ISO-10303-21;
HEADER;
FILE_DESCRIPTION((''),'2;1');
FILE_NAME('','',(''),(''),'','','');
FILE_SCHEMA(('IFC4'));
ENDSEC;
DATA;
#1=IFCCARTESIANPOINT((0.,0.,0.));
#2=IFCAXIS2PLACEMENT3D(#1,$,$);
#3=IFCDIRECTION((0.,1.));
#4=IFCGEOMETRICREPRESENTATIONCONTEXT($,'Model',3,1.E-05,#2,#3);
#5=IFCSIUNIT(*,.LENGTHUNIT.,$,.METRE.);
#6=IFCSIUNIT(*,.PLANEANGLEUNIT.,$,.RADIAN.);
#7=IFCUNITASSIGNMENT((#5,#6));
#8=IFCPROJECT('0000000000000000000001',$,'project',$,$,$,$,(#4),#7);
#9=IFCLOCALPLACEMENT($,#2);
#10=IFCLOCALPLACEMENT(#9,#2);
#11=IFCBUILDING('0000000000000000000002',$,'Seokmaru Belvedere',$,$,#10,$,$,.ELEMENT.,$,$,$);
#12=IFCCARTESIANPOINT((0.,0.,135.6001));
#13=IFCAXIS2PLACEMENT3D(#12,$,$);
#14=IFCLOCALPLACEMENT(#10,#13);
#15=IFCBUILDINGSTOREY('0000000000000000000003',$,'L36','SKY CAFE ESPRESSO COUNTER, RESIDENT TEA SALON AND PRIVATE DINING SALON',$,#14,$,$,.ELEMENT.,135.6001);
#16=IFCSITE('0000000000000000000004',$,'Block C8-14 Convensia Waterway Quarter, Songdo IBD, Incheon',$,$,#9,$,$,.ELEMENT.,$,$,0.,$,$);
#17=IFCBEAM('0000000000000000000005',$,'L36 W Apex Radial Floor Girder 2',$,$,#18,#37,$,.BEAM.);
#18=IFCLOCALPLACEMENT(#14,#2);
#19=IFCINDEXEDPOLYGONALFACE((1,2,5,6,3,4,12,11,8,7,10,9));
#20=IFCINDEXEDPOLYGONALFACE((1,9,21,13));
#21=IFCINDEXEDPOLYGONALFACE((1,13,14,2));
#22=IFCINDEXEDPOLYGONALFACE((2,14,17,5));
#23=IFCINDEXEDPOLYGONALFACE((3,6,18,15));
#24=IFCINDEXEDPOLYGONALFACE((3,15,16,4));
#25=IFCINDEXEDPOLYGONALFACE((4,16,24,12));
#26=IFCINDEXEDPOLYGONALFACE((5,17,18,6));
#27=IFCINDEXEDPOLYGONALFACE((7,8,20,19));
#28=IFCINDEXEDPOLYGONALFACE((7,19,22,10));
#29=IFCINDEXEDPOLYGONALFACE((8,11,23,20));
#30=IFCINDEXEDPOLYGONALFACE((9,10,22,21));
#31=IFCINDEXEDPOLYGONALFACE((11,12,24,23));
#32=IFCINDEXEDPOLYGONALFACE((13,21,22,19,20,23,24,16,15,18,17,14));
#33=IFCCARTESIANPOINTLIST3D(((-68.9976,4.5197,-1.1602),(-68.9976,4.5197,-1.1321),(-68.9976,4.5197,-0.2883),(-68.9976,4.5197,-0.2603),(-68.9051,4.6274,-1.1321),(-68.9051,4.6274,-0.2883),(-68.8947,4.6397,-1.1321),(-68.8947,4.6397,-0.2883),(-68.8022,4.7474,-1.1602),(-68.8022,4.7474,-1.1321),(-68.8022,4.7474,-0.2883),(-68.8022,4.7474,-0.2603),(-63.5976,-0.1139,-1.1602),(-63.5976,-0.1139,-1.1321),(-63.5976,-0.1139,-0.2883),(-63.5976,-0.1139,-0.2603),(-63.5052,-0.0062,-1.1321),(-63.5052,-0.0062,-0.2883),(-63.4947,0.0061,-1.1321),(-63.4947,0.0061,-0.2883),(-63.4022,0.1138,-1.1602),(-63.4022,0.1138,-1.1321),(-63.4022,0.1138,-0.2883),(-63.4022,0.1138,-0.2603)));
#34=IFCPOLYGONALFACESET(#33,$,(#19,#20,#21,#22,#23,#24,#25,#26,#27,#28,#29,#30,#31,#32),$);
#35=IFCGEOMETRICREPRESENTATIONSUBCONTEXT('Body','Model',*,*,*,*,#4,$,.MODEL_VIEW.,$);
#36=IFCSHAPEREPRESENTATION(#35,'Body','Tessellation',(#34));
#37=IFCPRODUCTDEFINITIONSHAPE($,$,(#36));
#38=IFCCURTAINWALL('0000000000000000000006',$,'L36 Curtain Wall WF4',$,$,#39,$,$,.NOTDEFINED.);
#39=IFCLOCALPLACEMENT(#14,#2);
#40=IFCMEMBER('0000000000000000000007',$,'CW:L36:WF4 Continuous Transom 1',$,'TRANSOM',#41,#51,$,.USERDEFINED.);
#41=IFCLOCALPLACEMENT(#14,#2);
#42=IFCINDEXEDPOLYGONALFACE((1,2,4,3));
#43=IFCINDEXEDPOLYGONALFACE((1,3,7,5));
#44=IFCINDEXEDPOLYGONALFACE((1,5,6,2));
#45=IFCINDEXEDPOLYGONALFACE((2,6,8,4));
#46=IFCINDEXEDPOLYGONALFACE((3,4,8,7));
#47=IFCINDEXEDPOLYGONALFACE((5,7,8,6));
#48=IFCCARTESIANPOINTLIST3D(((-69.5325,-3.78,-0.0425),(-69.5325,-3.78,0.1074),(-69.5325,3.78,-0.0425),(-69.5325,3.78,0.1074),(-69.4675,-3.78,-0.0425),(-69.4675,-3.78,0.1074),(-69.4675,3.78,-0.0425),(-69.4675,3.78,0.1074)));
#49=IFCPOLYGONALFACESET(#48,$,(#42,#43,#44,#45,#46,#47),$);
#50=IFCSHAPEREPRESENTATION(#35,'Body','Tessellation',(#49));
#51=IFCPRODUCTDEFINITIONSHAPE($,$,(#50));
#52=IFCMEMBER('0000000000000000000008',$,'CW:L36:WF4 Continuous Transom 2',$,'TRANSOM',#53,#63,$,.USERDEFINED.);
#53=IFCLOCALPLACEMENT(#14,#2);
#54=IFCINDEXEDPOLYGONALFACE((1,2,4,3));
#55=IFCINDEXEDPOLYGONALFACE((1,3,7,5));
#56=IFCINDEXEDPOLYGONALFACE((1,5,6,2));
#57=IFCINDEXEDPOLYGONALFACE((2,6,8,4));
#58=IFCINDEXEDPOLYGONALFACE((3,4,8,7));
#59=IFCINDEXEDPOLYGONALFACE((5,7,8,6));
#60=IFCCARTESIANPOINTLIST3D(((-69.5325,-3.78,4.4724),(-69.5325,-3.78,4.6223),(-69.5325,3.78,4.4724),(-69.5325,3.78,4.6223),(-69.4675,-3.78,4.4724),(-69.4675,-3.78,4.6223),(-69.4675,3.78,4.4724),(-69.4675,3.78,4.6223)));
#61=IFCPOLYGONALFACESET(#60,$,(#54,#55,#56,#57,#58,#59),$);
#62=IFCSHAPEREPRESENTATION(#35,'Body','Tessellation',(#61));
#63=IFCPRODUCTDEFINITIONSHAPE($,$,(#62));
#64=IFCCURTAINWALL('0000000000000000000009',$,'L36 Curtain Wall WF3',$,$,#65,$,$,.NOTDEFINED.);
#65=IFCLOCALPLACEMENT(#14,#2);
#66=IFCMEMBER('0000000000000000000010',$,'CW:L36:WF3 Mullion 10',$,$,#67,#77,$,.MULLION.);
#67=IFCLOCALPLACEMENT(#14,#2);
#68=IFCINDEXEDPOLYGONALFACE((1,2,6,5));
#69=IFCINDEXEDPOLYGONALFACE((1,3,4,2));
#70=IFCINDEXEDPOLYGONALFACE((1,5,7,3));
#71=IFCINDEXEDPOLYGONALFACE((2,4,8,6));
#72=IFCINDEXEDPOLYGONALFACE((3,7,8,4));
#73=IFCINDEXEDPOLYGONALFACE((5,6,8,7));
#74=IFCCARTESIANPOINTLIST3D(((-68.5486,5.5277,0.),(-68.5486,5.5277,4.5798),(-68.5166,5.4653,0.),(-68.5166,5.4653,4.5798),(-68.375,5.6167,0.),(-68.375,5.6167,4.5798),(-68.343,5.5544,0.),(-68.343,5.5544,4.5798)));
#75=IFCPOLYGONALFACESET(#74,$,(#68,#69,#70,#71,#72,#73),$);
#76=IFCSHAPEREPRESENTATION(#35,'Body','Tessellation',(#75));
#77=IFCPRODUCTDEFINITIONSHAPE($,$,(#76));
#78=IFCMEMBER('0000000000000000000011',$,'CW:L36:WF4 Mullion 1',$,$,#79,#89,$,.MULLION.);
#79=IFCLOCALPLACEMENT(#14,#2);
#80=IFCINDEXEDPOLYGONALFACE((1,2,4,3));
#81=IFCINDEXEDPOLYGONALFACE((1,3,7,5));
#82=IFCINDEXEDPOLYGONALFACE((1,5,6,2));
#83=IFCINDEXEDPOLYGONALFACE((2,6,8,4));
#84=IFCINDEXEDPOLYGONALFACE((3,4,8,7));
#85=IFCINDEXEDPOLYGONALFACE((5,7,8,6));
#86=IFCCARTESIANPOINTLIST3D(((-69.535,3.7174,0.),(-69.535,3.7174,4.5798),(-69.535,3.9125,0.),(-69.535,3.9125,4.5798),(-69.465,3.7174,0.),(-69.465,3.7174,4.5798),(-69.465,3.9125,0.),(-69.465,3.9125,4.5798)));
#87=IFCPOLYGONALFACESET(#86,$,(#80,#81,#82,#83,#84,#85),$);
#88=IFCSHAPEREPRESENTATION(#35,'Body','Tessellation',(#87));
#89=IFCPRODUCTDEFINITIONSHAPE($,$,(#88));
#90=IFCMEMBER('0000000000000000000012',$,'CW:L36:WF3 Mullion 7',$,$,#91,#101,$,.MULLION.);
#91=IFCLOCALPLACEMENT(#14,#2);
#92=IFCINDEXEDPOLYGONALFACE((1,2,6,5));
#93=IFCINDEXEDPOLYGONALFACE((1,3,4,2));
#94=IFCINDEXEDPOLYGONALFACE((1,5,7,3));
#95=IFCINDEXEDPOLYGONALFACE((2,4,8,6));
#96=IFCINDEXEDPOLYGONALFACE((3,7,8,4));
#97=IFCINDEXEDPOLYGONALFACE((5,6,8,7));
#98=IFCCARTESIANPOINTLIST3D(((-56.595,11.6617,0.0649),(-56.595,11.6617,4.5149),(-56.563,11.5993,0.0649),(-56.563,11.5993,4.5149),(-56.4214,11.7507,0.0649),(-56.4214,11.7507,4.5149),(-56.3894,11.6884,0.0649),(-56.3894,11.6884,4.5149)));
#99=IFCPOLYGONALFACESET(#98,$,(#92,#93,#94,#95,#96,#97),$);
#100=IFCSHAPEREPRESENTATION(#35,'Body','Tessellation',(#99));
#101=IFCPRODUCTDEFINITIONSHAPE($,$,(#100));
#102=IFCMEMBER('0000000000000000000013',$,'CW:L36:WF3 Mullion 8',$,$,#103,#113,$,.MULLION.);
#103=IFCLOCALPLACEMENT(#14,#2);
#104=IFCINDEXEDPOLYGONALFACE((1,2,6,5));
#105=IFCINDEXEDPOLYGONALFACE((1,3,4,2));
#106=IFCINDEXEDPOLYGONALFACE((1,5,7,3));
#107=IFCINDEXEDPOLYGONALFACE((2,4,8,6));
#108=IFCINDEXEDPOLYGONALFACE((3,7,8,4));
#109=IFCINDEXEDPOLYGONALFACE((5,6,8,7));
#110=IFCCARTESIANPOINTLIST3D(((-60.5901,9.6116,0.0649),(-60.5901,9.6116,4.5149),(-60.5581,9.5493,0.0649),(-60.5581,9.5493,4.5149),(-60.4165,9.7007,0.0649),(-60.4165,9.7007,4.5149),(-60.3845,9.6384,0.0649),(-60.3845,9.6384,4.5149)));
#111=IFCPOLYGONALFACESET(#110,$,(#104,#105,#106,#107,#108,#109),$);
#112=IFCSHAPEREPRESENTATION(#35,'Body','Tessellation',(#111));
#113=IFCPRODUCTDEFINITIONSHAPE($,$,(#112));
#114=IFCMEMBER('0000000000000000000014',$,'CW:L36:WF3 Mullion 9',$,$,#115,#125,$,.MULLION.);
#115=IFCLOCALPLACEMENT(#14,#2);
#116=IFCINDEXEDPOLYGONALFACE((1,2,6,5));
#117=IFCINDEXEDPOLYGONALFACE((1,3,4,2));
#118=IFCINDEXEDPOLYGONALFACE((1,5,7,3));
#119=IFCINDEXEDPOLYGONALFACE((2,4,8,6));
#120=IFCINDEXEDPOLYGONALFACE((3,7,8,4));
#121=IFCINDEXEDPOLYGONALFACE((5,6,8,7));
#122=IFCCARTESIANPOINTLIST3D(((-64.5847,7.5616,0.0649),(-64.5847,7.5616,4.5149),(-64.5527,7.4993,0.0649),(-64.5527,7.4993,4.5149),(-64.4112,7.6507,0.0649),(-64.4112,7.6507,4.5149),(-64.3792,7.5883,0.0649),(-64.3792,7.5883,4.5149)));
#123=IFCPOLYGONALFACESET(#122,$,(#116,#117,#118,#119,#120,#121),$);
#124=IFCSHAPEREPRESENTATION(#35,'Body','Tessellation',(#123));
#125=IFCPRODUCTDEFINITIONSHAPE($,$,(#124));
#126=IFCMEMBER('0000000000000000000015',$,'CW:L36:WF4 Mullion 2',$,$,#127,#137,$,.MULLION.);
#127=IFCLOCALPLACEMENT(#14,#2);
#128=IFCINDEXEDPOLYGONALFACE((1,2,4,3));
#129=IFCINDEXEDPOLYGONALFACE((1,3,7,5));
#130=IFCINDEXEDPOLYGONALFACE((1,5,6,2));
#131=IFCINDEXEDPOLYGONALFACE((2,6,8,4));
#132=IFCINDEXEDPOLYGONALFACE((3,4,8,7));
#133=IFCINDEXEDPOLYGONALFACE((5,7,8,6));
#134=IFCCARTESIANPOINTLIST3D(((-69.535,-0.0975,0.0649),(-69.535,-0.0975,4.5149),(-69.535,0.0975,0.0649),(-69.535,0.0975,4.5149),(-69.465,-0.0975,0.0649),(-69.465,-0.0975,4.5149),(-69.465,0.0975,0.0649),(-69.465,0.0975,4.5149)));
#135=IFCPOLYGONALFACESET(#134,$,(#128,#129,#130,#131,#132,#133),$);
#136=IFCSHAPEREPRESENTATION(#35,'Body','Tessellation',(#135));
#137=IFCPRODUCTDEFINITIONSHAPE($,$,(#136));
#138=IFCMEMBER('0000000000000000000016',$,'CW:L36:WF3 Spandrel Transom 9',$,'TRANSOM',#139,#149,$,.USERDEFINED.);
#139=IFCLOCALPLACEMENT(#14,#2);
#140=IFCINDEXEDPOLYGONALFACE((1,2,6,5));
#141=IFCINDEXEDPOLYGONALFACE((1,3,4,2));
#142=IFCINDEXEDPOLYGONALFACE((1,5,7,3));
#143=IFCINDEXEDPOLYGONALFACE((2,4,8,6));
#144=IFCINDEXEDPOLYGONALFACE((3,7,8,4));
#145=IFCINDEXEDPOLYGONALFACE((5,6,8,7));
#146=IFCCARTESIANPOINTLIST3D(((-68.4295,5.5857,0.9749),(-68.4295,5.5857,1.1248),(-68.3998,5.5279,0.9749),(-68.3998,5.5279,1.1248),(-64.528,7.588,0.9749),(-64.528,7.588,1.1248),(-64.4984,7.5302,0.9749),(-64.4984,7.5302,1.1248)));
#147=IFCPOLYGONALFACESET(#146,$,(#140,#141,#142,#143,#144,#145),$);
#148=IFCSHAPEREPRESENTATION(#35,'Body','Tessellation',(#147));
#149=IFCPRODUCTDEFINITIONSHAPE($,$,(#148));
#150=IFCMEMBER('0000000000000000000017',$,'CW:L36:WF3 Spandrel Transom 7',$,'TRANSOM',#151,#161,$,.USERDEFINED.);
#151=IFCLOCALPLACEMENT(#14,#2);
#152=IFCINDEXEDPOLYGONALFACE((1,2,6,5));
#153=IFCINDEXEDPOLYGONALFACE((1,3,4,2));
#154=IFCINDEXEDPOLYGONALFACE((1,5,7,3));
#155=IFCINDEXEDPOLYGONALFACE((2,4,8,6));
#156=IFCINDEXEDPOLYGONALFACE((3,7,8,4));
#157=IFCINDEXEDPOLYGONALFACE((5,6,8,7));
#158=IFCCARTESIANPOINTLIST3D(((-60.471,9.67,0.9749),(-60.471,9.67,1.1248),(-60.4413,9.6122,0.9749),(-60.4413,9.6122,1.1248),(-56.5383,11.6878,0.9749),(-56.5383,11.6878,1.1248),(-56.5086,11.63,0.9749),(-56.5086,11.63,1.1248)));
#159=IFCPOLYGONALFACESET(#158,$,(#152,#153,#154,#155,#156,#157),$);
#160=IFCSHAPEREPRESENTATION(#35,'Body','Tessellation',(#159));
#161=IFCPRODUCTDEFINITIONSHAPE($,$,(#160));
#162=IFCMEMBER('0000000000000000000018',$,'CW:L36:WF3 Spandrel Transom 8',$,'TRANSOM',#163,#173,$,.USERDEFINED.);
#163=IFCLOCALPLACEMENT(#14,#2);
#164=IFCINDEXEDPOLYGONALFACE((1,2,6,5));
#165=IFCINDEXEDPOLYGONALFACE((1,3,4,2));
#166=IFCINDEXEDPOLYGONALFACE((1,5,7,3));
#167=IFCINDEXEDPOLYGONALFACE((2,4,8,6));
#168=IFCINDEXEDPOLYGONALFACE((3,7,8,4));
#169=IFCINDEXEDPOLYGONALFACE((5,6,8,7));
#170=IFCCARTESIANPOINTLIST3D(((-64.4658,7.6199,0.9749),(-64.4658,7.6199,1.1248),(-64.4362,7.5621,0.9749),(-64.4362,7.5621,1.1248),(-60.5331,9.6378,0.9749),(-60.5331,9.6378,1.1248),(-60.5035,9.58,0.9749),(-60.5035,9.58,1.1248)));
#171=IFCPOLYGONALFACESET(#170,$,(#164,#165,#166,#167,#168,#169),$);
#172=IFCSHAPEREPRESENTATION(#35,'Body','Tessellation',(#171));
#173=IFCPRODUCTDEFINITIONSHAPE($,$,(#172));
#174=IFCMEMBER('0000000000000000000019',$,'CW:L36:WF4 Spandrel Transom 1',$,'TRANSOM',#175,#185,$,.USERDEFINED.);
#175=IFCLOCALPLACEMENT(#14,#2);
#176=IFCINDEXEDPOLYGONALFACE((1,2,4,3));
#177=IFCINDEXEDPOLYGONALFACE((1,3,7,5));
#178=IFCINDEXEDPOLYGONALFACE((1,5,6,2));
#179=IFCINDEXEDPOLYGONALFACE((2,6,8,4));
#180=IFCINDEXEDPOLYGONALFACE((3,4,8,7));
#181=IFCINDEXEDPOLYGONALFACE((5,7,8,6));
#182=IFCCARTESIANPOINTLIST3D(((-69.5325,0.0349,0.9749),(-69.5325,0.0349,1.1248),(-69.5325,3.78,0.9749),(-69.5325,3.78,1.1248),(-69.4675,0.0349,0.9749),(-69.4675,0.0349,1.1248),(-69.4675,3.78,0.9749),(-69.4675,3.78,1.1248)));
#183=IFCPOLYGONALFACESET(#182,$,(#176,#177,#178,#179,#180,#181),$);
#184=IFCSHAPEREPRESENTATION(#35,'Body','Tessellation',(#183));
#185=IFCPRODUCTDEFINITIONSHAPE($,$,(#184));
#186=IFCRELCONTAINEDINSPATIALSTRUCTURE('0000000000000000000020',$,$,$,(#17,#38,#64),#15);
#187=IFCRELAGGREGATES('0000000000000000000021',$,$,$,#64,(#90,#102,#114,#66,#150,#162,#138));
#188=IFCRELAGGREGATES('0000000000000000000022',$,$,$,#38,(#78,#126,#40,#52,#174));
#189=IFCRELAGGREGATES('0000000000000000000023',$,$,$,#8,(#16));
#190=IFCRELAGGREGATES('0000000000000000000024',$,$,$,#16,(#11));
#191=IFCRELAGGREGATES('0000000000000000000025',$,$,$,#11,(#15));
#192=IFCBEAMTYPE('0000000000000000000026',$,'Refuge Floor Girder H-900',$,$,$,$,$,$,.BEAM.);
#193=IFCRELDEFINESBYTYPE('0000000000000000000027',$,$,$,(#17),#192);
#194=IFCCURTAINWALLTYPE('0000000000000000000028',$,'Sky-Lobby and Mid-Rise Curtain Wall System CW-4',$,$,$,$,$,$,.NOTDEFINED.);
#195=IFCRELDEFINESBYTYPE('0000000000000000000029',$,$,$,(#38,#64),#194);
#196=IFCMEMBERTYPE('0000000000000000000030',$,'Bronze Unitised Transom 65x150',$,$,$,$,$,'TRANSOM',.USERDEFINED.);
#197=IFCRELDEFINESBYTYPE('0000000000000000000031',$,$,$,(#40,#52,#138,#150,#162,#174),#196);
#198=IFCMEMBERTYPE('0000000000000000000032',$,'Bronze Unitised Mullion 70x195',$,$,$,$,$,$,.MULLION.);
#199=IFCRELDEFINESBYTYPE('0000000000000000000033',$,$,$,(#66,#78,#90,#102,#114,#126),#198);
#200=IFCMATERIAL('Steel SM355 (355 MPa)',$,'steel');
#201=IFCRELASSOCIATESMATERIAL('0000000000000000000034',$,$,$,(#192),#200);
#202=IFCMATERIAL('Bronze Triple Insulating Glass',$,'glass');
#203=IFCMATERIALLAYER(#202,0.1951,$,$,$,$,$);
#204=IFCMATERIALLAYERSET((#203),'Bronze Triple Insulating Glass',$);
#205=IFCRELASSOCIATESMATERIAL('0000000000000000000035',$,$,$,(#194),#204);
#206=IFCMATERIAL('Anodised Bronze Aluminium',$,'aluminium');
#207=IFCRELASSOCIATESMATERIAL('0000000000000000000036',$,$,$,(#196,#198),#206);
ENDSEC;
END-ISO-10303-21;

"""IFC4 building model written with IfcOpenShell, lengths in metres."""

from ifc_helpers import new_model, si_unit, direction, frame, origin, origin_2d, place, context, subcontext, project, spatial, rectangle, i_section, extrude, source, transform, mapped, material, layer, layer_set, material_profile, profile_set, type_object, type_shapes, element, aggregate, save


model = new_model("IFC4")

# Units and contexts
model_context = context("Model", 3, precision=1e-05, world=origin(), true_north=direction((0.0, 1.0)))
body_context = subcontext(model_context, "Body", "Model", "MODEL_VIEW")
ifc_project = project(units=[si_unit("LENGTHUNIT", "METRE"), si_unit("PLANEANGLEUNIT", "RADIAN")], contexts=[model_context])

# Site, building, storey
site_placement = place(None, origin())
site = spatial("IfcSite", under=ifc_project, at=site_placement, Name="Block C8-14 Convensia Waterway Quarter, Songdo IBD, Incheon", CompositionType="ELEMENT", RefElevation=0.0)
building_placement = place(site_placement, origin())
building = spatial("IfcBuilding", under=site, at=building_placement, Name="Seokmaru Belvedere", CompositionType="ELEMENT")
storey_placement = place(building_placement, frame((0.0, 0.0, 135.6001)))
storey = spatial("IfcBuildingStorey", under=building, at=storey_placement, Name="L36", Description="SKY CAFE ESPRESSO COUNTER, RESIDENT TEA SALON AND PRIVATE DINING SALON", CompositionType="ELEMENT", Elevation=135.6001)

# Shared definitions
ifc_material_1 = material(Name="Steel SM355 (355 MPa)", Category="steel")

# Beam
ifc_material_profile_1 = material_profile(ifc_material_1, i_section(OverallWidth=0.3, OverallDepth=0.8999, WebThickness=0.0161, FlangeThickness=0.0281, at=origin_2d()), Name="H-900x300x16x28")
ifc_profile_set_1 = profile_set([ifc_material_profile_1], Name="Steel SM355 (355 MPa)")
beam_type_1 = type_object("IfcBeamType", Name="Refuge Floor Girder H-900", PredefinedType="BEAM", material=ifc_profile_set_1)
shared_shape_1 = source(origin(), body_context, "Body", "SweptSolid", [
    extrude(i_section(OverallWidth=0.3, OverallDepth=0.8999, WebThickness=0.0161, FlangeThickness=0.0281, at=origin_2d()), origin(), (0.0, 0.0, 1.0), 7.1155),
])
beam_1_placement = place(storey_placement, frame((-68.8999, 4.6335, -0.7102), z_axis=(0.758905, -0.651201, 0.0), x_axis=(0.651201, 0.758905, 0.0)))
element("IfcBeam", 1, at=beam_1_placement, inside=storey, type_object=beam_type_1, Name="L36 W Apex Radial Floor Girder 2", PredefinedType="BEAM", context=body_context, shape_type="MappedRepresentation", body=[
    mapped(shared_shape_1, transform((0.0, 0.0, 0.0), scale=1.0)),
])

# Curtain wall, members
ifc_material_2 = material(Name="Bronze Triple Insulating Glass", Category="glass")
ifc_layer_1 = layer(ifc_material_2, 0.1951)
ifc_layer_set_1 = layer_set([ifc_layer_1], Name="Bronze Triple Insulating Glass")
curtain_wall_type = type_object("IfcCurtainWallType", Name="Sky-Lobby and Mid-Rise Curtain Wall System CW-4", PredefinedType="NOTDEFINED", material=ifc_layer_set_1)
curtain_wall_1_placement = place(storey_placement, origin())
curtain_wall_1 = element("IfcCurtainWall", 2, at=curtain_wall_1_placement, inside=storey, type_object=curtain_wall_type, Name="L36 Curtain Wall WF4", PredefinedType="NOTDEFINED")
ifc_material_3 = material(Name="Anodised Bronze Aluminium", Category="aluminium")
ifc_material_profile_2 = material_profile(ifc_material_3, rectangle(XDim=0.0649, YDim=0.1499, at=origin_2d()), Name="CW-T-65x150")
ifc_profile_set_2 = profile_set([ifc_material_profile_2], Name="Anodised Bronze Aluminium")
member_type_1 = type_object("IfcMemberType", Name="Bronze Unitised Transom 65x150", ElementType="TRANSOM", PredefinedType="USERDEFINED", material=ifc_profile_set_2)
shared_shape_2 = source(origin(), body_context, "Body", "SweptSolid", [
    extrude(rectangle(XDim=0.0649, YDim=0.1499, at=origin_2d()), origin(), (0.0, 0.0, 1.0), 7.5601),
])
member_1_placement = place(storey_placement, frame((-69.5, 3.78, 0.0325), z_axis=(0.0, -1.0, 0.0), x_axis=(1.0, 0.0, 0.0)))
member_1 = element("IfcMember", 3, at=member_1_placement, type_object=member_type_1, Name="CW:L36:WF4 Continuous Transom 1", ObjectType="TRANSOM", PredefinedType="USERDEFINED", context=body_context, shape_type="MappedRepresentation", body=[
    mapped(shared_shape_2, transform((0.0, 0.0, 0.0), scale=1.0)),
])
member_2_placement = place(storey_placement, frame((-69.5, 3.78, 4.5474), z_axis=(0.0, -1.0, 0.0), x_axis=(1.0, 0.0, 0.0)))
member_2 = element("IfcMember", 4, at=member_2_placement, type_object=member_type_1, Name="CW:L36:WF4 Continuous Transom 2", ObjectType="TRANSOM", PredefinedType="USERDEFINED", context=body_context, shape_type="MappedRepresentation", body=[
    mapped(shared_shape_2, transform((0.0, 0.0, 0.0), scale=1.0)),
])

# Curtain wall, member
curtain_wall_2_placement = place(storey_placement, origin())
curtain_wall_2 = element("IfcCurtainWall", 5, at=curtain_wall_2_placement, inside=storey, type_object=curtain_wall_type, Name="L36 Curtain Wall WF3", PredefinedType="NOTDEFINED")
ifc_material_profile_3 = material_profile(ifc_material_3, rectangle(XDim=0.0701, YDim=0.1951, at=origin_2d()), Name="CW-M-70x195")
ifc_profile_set_3 = profile_set([ifc_material_profile_3], Name="Anodised Bronze Aluminium")
member_type_2 = type_object("IfcMemberType", Name="Bronze Unitised Mullion 70x195", PredefinedType="MULLION", material=ifc_profile_set_3)
shared_shape_3 = source(origin(), body_context, "Body", "SweptSolid", [
    extrude(rectangle(XDim=0.0701, YDim=0.1951, at=origin_2d()), origin(), (0.0, 0.0, 1.0), 4.5798),
])
member_3_placement = place(storey_placement, frame((-68.4458, 5.541, 0.0), z_axis=(0.0, 0.0, 1.0), x_axis=(0.456555, -0.889695, 0.0)))
member_3 = element("IfcMember", 6, at=member_3_placement, type_object=member_type_2, Name="CW:L36:WF3 Mullion 10", PredefinedType="MULLION", context=body_context, shape_type="MappedRepresentation", body=[
    mapped(shared_shape_3, transform((0.0, 0.0, 0.0), scale=1.0)),
])

# Members
member_4_placement = place(storey_placement, frame((-69.5, 3.8149, 0.0), z_axis=(0.0, 0.0, 1.0), x_axis=(1.0, 0.0, 0.0)))
member_4 = element("IfcMember", 7, at=member_4_placement, type_object=member_type_2, Name="CW:L36:WF4 Mullion 1", PredefinedType="MULLION", context=body_context, shape_type="MappedRepresentation", body=[
    mapped(shared_shape_3, transform((0.0, 0.0, 0.0), scale=1.0)),
])
shared_shape_4 = source(origin(), body_context, "Body", "SweptSolid", [
    extrude(rectangle(XDim=0.0701, YDim=0.1951, at=origin_2d()), origin(), (0.0, 0.0, 1.0), 4.45),
])
type_shapes(member_type_2, [shared_shape_3, shared_shape_4])
member_5_placement = place(storey_placement, frame((-56.4922, 11.675, 0.0649), z_axis=(0.0, 0.0, 1.0), x_axis=(0.456555, -0.889695, 0.0)))
member_5 = element("IfcMember", 8, at=member_5_placement, type_object=member_type_2, Name="CW:L36:WF3 Mullion 7", PredefinedType="MULLION", context=body_context, shape_type="MappedRepresentation", body=[
    mapped(shared_shape_4, transform((0.0, 0.0, 0.0), scale=1.0)),
])
member_6_placement = place(storey_placement, frame((-60.4873, 9.625, 0.0649), z_axis=(0.0, 0.0, 1.0), x_axis=(0.456555, -0.889695, 0.0)))
member_6 = element("IfcMember", 9, at=member_6_placement, type_object=member_type_2, Name="CW:L36:WF3 Mullion 8", PredefinedType="MULLION", context=body_context, shape_type="MappedRepresentation", body=[
    mapped(shared_shape_4, transform((0.0, 0.0, 0.0), scale=1.0)),
])
member_7_placement = place(storey_placement, frame((-64.4819, 7.575, 0.0649), z_axis=(0.0, 0.0, 1.0), x_axis=(0.456555, -0.889695, 0.0)))
member_7 = element("IfcMember", 10, at=member_7_placement, type_object=member_type_2, Name="CW:L36:WF3 Mullion 9", PredefinedType="MULLION", context=body_context, shape_type="MappedRepresentation", body=[
    mapped(shared_shape_4, transform((0.0, 0.0, 0.0), scale=1.0)),
])
member_8_placement = place(storey_placement, frame((-69.5, 0.0, 0.0649), z_axis=(0.0, 0.0, 1.0), x_axis=(1.0, 0.0, 0.0)))
member_8 = element("IfcMember", 11, at=member_8_placement, type_object=member_type_2, Name="CW:L36:WF4 Mullion 2", PredefinedType="MULLION", context=body_context, shape_type="MappedRepresentation", body=[
    mapped(shared_shape_4, transform((0.0, 0.0, 0.0), scale=1.0)),
])
shared_shape_5 = source(origin(), body_context, "Body", "SweptSolid", [
    extrude(rectangle(XDim=0.0649, YDim=0.1499, at=origin_2d()), origin(), (0.0, 0.0, 1.0), 4.3853),
])
member_9_placement = place(storey_placement, frame((-64.5132, 7.5591, 1.0498), z_axis=(-0.889679, -0.456587, 0.0), x_axis=(0.456587, -0.889679, 0.0)))
member_9 = element("IfcMember", 12, at=member_9_placement, type_object=member_type_1, Name="CW:L36:WF3 Spandrel Transom 9", ObjectType="TRANSOM", PredefinedType="USERDEFINED", context=body_context, shape_type="MappedRepresentation", body=[
    mapped(shared_shape_5, transform((0.0, 0.0, 0.0), scale=1.0)),
])
shared_shape_6 = source(origin(), body_context, "Body", "SweptSolid", [
    extrude(rectangle(XDim=0.0649, YDim=0.1499, at=origin_2d()), origin(), (0.0, 0.0, 1.0), 4.4202),
])
member_10_placement = place(storey_placement, frame((-56.5234, 11.6589, 1.0498), z_axis=(-0.889717, -0.456513, 0.0), x_axis=(0.456513, -0.889717, 0.0)))
member_10 = element("IfcMember", 13, at=member_10_placement, type_object=member_type_1, Name="CW:L36:WF3 Spandrel Transom 7", ObjectType="TRANSOM", PredefinedType="USERDEFINED", context=body_context, shape_type="MappedRepresentation", body=[
    mapped(shared_shape_6, transform((0.0, 0.0, 0.0), scale=1.0)),
])
member_11_placement = place(storey_placement, frame((-60.5183, 9.6089, 1.0498), z_axis=(-0.889717, -0.456513, 0.0), x_axis=(0.456513, -0.889717, 0.0)))
member_11 = element("IfcMember", 14, at=member_11_placement, type_object=member_type_1, Name="CW:L36:WF3 Spandrel Transom 8", ObjectType="TRANSOM", PredefinedType="USERDEFINED", context=body_context, shape_type="MappedRepresentation", body=[
    mapped(shared_shape_6, transform((0.0, 0.0, 0.0), scale=1.0)),
])
shared_shape_7 = source(origin(), body_context, "Body", "SweptSolid", [
    extrude(rectangle(XDim=0.0649, YDim=0.1499, at=origin_2d()), origin(), (0.0, 0.0, 1.0), 3.7451),
])
type_shapes(member_type_1, [shared_shape_2, shared_shape_5, shared_shape_6, shared_shape_7])
member_12_placement = place(storey_placement, frame((-69.5, 3.78, 1.0498), z_axis=(0.0, -1.0, 0.0), x_axis=(1.0, 0.0, 0.0)))
member_12 = element("IfcMember", 15, at=member_12_placement, type_object=member_type_1, Name="CW:L36:WF4 Spandrel Transom 1", ObjectType="TRANSOM", PredefinedType="USERDEFINED", context=body_context, shape_type="MappedRepresentation", body=[
    mapped(shared_shape_7, transform((0.0, 0.0, 0.0), scale=1.0)),
])

aggregate(curtain_wall_2, [member_5, member_6, member_7, member_3, member_10, member_11, member_9])
aggregate(curtain_wall_1, [member_4, member_8, member_1, member_2, member_12])

save(model, "model.ifc")
